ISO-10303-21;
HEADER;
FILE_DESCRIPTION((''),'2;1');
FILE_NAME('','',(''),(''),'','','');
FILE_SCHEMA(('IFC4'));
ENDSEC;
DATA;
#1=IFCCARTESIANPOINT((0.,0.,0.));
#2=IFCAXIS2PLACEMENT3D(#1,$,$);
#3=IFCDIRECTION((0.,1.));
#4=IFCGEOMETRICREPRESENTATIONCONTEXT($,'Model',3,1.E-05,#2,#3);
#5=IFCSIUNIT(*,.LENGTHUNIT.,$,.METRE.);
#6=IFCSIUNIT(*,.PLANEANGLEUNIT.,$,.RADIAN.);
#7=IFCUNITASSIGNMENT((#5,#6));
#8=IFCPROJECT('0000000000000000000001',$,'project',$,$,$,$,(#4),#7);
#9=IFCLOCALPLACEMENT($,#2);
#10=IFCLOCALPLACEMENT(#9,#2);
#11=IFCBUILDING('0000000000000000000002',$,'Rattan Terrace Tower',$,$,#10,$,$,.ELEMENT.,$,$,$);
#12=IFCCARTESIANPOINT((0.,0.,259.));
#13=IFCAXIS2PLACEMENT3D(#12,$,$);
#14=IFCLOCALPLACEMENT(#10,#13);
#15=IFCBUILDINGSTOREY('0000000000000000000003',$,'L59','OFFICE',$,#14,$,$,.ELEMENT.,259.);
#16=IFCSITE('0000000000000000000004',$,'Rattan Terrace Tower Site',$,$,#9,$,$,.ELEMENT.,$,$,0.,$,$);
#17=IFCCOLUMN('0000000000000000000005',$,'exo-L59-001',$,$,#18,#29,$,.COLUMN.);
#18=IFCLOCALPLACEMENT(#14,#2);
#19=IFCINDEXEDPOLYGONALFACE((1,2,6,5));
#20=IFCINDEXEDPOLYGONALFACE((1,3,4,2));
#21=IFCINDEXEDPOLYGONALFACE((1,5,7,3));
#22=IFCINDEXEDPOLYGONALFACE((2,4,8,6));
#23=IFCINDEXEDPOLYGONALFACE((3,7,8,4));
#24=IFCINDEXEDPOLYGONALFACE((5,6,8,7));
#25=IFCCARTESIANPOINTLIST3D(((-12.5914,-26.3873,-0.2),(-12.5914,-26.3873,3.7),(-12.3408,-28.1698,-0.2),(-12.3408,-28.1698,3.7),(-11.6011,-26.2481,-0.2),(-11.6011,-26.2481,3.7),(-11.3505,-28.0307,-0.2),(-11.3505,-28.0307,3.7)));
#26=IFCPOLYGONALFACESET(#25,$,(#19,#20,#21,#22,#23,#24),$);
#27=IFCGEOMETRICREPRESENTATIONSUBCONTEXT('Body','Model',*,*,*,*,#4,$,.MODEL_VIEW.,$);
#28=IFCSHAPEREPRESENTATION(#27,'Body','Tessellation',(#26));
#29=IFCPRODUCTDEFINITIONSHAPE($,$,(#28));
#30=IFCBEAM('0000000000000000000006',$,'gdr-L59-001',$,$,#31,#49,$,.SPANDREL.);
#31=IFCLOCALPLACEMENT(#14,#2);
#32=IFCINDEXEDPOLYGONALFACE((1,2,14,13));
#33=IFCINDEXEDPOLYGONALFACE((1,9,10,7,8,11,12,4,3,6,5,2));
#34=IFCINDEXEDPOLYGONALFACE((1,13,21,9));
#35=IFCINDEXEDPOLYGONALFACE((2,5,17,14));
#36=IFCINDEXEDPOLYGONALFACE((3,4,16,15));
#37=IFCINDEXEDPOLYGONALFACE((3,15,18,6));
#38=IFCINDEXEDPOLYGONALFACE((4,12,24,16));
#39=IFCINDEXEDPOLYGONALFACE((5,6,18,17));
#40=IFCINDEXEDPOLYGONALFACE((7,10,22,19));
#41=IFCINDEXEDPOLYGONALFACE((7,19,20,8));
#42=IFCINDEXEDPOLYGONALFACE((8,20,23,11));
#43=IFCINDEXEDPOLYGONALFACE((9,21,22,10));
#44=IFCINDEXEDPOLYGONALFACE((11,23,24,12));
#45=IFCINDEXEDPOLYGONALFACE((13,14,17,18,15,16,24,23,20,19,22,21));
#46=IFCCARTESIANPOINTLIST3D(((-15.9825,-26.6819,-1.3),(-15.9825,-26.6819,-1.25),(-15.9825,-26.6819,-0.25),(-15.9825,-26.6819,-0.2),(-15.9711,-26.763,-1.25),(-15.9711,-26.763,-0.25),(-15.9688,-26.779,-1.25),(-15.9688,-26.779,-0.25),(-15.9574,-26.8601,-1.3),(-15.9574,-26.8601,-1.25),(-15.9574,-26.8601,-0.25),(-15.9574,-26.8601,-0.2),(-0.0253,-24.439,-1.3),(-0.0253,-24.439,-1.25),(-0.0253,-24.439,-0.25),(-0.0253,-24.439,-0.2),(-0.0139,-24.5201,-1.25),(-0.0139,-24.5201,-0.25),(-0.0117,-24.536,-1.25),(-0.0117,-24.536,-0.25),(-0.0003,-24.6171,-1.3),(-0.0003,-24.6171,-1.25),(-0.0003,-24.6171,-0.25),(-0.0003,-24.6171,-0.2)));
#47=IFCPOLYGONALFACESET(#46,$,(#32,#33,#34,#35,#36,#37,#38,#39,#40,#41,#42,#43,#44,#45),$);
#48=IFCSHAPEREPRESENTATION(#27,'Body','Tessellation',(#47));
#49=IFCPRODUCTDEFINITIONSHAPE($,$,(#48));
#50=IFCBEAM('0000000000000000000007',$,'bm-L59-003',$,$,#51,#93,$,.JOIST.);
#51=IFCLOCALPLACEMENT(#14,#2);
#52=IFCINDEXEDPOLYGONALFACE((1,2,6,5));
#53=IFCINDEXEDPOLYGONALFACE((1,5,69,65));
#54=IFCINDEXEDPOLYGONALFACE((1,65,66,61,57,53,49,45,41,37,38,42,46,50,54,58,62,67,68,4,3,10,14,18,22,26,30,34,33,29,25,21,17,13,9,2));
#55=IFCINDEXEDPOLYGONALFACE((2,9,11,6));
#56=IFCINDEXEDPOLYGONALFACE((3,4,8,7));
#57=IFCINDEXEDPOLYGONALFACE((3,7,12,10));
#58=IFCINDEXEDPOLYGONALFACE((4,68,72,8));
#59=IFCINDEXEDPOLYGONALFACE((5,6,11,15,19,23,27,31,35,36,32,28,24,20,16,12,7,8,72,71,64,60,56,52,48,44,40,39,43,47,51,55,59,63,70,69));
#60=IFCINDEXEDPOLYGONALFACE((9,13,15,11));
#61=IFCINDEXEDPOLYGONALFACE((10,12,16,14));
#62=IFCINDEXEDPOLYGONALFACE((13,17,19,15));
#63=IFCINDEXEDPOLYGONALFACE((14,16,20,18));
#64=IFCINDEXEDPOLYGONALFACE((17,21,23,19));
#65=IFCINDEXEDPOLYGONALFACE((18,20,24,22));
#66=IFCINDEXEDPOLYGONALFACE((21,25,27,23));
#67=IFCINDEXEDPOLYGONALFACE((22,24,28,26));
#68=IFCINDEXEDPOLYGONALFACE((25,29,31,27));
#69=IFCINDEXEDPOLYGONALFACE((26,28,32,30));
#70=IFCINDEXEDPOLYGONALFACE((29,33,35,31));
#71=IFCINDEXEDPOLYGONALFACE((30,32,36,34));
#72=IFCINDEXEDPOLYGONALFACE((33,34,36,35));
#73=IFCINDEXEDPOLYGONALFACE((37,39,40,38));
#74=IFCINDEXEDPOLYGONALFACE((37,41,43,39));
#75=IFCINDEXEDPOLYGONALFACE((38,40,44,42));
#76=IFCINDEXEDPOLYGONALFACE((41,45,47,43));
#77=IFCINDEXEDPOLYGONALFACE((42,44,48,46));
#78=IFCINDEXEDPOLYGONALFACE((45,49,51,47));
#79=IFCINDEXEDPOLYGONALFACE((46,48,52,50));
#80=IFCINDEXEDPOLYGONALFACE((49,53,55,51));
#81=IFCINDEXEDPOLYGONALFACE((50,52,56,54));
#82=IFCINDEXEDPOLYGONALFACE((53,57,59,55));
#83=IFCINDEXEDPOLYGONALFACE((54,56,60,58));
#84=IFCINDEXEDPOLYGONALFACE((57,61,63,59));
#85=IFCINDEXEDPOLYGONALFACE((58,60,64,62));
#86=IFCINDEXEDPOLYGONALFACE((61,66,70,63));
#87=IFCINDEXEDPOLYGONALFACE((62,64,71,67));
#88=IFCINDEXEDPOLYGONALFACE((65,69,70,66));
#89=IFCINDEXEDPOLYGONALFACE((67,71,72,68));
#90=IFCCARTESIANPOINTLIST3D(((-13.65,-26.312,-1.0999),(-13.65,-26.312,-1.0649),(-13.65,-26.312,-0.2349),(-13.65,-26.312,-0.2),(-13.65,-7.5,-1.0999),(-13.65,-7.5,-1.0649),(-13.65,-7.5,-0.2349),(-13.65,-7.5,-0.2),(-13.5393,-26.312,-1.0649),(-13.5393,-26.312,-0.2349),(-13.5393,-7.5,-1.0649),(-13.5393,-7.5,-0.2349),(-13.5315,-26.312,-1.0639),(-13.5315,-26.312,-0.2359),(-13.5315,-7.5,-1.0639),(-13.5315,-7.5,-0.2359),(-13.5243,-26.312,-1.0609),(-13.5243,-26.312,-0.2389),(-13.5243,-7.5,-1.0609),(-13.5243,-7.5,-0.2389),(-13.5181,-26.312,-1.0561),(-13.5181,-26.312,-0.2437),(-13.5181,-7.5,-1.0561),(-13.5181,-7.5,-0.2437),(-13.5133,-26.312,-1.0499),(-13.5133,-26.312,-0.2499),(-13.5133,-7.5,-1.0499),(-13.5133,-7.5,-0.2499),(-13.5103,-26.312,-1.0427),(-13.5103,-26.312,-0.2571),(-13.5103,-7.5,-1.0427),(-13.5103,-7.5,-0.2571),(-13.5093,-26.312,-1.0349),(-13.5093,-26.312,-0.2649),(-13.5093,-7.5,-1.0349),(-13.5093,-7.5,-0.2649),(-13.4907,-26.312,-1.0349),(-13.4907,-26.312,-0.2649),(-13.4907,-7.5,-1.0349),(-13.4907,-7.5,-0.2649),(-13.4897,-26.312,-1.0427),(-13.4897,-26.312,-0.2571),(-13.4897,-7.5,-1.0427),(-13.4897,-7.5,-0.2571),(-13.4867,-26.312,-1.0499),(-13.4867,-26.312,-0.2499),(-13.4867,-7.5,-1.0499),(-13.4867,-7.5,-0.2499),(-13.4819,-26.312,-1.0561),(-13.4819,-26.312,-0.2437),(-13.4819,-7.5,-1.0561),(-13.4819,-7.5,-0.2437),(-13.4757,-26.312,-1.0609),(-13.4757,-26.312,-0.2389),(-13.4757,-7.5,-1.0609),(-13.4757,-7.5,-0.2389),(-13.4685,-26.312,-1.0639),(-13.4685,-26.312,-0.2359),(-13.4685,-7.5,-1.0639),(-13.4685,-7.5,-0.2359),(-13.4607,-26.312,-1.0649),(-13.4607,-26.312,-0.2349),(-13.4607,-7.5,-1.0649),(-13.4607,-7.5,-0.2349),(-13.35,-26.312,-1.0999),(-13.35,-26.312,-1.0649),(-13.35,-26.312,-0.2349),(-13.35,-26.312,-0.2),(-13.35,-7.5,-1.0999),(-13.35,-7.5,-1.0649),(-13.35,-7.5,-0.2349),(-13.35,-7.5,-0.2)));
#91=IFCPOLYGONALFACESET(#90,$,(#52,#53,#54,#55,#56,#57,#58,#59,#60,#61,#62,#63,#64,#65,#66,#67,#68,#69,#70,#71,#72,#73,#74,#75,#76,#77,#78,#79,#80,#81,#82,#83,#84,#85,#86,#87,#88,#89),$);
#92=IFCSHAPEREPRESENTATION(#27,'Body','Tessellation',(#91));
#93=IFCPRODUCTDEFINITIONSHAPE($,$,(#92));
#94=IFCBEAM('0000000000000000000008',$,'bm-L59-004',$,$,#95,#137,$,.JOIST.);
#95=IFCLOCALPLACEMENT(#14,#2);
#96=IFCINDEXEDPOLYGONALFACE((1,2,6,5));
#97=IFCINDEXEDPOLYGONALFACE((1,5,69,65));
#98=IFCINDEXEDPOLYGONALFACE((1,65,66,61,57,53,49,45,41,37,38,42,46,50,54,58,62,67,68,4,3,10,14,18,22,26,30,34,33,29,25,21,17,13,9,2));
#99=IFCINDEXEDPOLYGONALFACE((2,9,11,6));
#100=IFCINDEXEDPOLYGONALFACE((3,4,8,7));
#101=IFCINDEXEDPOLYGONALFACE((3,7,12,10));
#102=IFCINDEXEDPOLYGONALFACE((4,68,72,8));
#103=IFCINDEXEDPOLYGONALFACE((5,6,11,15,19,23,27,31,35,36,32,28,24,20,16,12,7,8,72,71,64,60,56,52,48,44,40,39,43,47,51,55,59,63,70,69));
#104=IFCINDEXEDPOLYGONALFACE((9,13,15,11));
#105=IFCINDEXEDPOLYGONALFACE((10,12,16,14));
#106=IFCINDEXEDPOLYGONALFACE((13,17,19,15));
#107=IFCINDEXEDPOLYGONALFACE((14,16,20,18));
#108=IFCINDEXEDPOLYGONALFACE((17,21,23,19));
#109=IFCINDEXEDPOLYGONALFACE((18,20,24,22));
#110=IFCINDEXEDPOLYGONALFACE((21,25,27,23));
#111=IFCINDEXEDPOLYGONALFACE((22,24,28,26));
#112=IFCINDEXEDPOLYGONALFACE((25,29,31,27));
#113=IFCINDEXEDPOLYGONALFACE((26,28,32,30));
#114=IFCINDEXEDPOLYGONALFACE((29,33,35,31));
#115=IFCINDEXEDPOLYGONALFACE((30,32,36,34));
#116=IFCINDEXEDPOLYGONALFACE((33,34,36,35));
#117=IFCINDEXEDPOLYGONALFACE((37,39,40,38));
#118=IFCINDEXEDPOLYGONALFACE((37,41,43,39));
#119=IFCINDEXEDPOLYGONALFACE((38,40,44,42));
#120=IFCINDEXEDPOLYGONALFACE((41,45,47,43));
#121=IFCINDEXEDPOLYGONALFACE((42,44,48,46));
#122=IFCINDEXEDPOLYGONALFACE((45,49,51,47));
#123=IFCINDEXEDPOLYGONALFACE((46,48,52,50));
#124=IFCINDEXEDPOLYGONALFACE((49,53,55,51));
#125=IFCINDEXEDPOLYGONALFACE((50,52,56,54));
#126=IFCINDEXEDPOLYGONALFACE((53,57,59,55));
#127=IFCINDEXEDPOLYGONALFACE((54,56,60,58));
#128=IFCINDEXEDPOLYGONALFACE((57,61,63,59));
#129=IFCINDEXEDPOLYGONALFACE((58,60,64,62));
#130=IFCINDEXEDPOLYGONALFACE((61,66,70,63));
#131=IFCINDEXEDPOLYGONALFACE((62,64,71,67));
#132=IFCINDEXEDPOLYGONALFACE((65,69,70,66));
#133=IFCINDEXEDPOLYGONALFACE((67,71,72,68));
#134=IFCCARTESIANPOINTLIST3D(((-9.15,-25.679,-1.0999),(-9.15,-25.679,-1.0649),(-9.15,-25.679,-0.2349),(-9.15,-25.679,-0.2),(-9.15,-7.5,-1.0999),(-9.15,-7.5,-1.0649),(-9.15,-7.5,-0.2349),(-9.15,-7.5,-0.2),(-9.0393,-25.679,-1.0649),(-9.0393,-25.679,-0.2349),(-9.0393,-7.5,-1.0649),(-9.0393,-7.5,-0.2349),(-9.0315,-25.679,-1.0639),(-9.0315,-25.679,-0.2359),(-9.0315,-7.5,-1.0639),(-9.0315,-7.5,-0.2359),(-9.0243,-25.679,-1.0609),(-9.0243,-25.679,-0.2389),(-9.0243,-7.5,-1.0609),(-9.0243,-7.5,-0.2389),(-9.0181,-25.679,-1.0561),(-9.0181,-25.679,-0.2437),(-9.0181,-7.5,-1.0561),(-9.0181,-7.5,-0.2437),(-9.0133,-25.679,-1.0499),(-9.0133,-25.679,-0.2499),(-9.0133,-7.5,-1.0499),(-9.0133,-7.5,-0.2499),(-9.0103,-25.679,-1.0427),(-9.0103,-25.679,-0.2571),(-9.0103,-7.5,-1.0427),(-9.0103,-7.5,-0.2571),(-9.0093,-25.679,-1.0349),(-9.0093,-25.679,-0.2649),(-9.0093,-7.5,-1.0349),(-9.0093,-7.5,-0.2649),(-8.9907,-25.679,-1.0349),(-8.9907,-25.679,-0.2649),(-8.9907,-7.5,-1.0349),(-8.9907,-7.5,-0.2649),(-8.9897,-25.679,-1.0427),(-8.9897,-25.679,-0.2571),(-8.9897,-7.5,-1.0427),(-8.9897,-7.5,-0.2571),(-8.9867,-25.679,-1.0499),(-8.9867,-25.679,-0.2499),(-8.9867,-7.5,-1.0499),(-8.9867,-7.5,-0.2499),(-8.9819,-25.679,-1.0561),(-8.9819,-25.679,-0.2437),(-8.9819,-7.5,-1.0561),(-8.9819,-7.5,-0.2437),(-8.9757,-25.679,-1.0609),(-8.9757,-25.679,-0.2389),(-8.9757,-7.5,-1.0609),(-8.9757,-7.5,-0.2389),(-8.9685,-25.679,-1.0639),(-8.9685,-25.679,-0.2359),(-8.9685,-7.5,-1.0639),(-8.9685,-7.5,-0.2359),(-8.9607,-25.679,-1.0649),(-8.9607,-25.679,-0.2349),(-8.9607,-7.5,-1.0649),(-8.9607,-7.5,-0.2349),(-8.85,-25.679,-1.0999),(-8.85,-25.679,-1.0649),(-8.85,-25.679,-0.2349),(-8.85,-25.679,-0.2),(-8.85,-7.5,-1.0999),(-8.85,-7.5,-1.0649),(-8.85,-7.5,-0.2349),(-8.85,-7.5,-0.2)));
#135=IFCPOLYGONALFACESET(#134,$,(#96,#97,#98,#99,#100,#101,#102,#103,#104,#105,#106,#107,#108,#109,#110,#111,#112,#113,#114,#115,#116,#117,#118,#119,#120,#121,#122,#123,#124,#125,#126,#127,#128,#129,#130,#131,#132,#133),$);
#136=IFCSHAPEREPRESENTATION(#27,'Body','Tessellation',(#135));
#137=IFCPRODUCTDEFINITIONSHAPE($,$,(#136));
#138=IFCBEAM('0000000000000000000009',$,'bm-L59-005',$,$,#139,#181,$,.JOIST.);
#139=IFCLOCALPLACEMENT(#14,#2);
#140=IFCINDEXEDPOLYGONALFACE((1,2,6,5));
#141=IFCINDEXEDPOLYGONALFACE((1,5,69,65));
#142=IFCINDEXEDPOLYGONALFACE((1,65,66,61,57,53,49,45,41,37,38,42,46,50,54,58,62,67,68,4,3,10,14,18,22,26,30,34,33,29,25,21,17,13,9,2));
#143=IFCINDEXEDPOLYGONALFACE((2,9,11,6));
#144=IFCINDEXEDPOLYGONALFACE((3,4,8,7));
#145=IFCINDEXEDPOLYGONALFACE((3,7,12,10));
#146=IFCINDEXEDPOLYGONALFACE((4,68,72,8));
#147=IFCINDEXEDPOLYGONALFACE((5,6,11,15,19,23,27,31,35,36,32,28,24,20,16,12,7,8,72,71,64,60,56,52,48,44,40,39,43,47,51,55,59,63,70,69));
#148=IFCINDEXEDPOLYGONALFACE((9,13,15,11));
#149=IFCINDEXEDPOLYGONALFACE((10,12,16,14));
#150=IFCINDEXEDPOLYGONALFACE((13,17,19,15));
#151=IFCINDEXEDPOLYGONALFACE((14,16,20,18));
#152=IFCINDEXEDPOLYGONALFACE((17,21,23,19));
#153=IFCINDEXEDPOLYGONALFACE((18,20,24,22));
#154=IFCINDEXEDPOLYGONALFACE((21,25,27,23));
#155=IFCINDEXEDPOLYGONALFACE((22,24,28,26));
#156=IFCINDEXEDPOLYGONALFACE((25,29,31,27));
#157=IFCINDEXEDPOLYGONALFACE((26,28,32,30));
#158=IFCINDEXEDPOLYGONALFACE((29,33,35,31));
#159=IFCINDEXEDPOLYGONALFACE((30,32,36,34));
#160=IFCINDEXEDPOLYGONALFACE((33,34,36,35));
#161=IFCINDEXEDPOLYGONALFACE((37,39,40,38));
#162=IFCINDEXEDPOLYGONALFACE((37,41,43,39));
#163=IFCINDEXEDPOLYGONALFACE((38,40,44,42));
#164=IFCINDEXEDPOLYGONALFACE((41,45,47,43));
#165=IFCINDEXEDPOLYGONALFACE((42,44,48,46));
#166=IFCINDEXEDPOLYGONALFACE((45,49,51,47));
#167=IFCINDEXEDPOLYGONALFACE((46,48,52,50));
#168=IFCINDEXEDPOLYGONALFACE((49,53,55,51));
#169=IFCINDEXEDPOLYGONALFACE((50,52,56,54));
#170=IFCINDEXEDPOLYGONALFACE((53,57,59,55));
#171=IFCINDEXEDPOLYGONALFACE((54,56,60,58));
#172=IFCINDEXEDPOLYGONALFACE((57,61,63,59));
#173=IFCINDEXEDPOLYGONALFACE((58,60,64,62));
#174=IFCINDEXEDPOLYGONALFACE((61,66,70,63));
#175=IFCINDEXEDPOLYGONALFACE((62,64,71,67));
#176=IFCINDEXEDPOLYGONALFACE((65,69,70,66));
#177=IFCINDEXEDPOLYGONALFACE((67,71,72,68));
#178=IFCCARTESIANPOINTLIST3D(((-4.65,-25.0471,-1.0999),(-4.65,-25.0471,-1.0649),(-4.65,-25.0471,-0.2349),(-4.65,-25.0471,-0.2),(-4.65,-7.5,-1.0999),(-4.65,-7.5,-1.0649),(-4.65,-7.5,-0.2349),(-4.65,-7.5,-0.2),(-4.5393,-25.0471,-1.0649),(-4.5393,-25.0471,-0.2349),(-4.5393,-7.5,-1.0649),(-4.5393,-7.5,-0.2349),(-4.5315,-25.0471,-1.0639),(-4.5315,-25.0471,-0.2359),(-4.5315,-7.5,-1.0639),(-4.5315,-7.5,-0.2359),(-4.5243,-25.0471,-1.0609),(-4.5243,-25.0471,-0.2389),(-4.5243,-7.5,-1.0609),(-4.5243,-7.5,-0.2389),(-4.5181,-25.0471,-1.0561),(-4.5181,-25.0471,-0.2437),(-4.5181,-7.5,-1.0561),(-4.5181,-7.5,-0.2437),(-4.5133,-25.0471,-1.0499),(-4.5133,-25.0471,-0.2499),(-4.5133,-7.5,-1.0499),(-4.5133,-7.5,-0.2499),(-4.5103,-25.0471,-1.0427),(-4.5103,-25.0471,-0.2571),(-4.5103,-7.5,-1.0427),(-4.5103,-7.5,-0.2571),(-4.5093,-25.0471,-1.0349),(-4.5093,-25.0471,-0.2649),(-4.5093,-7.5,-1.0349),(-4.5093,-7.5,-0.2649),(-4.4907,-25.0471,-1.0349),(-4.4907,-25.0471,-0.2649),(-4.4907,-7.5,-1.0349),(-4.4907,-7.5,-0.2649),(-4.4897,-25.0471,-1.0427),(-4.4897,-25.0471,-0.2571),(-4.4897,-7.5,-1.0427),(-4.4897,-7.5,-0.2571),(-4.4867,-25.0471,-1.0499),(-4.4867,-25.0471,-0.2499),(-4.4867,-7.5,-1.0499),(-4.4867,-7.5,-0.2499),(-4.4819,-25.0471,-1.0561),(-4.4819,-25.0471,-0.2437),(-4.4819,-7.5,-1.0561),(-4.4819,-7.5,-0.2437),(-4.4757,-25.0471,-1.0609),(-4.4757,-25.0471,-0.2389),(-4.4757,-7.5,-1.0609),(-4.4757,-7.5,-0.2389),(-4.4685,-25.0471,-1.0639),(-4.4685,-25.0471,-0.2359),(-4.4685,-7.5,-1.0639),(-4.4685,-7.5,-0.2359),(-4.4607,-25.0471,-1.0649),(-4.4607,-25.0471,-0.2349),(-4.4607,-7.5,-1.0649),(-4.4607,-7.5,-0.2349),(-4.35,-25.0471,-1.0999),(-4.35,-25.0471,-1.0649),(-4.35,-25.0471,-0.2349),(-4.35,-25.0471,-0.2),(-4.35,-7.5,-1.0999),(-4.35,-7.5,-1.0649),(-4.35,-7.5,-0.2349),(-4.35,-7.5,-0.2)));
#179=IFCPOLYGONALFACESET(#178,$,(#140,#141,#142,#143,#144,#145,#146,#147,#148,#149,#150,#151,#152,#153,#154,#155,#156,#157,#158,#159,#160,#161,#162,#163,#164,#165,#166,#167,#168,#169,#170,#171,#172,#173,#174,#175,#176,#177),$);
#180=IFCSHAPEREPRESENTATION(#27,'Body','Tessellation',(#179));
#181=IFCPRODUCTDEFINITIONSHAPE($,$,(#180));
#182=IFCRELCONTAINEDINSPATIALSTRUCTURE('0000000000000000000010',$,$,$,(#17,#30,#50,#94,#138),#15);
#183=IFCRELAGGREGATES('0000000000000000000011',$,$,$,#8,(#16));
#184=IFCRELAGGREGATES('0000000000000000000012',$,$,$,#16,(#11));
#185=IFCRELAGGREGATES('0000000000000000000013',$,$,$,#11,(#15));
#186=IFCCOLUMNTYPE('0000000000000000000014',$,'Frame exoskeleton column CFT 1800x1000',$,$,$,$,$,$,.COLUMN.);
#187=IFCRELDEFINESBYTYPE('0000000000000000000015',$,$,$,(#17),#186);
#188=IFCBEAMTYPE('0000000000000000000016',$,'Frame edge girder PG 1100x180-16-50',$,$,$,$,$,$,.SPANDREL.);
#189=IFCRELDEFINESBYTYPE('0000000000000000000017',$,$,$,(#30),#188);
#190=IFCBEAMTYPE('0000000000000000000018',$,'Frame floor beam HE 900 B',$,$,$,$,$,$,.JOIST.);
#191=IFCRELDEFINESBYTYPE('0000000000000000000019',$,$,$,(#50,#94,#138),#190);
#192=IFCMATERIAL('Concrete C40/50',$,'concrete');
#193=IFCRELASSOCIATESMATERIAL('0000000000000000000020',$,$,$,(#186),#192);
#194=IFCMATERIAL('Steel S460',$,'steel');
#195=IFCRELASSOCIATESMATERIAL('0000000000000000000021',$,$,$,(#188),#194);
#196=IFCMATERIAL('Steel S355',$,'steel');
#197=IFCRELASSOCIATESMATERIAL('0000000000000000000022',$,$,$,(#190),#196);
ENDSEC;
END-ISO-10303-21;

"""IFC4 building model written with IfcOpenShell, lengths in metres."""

from ifc_helpers import new_model, si_unit, direction, frame, origin, origin_2d, place, context, subcontext, project, spatial, rectangle, i_section, extrude, material, material_profile, profile_set, type_object, element, save


model = new_model("IFC4")

# Units and contexts
model_context = context("Model", 3, precision=1e-05, world=origin(), true_north=direction((0.0, 1.0)))
body_context = subcontext(model_context, "Body", "Model", "MODEL_VIEW")
ifc_project = project(units=[si_unit("LENGTHUNIT", "METRE"), si_unit("PLANEANGLEUNIT", "RADIAN")], contexts=[model_context])

# Site, building, storey
site_placement = place(None, origin())
site = spatial("IfcSite", under=ifc_project, at=site_placement, Name="Rattan Terrace Tower Site", CompositionType="ELEMENT", RefElevation=0.0)
building_placement = place(site_placement, origin())
building = spatial("IfcBuilding", under=site, at=building_placement, Name="Rattan Terrace Tower", CompositionType="ELEMENT")
storey_placement = place(building_placement, frame((0.0, 0.0, 259.0)))
storey = spatial("IfcBuildingStorey", under=building, at=storey_placement, Name="L59", Description="OFFICE", CompositionType="ELEMENT", Elevation=259.0)

# Column
ifc_material_1 = material(Name="Concrete C40/50", Category="concrete")
ifc_material_profile_1 = material_profile(ifc_material_1, rectangle(XDim=1.0, YDim=1.8, at=origin_2d()), Name="CFT 1800x1000")
ifc_profile_set_1 = profile_set([ifc_material_profile_1], Name="Concrete C40/50")
column_type = type_object("IfcColumnType", Name="Frame exoskeleton column CFT 1800x1000", PredefinedType="COLUMN", material=ifc_profile_set_1)
column_placement = place(storey_placement, frame((-11.9709, -27.209, -0.2), z_axis=(0.0, 0.0, 1.0), x_axis=(0.990266, 0.13919, 0.0)))
element("IfcColumn", 1, at=column_placement, inside=storey, type_object=column_type, Name="exo-L59-001", PredefinedType="COLUMN", context=body_context, shape_type="SweptSolid", body=[
    extrude(rectangle(XDim=1.0, YDim=1.8, at=origin_2d()), origin(), (0.0, 0.0, 1.0), 3.8999),
])

# Beams
ifc_material_2 = material(Name="Steel S460", Category="steel")
ifc_material_profile_2 = material_profile(ifc_material_2, i_section(OverallWidth=0.1799, OverallDepth=1.1001, WebThickness=0.0161, FlangeThickness=0.05, at=origin_2d()), Name="PG 1100x180-16-50")
ifc_profile_set_2 = profile_set([ifc_material_profile_2], Name="Steel S460")
beam_type_1 = type_object("IfcBeamType", Name="Frame edge girder PG 1100x180-16-50", PredefinedType="SPANDREL", material=ifc_profile_set_2)
beam_1_placement = place(storey_placement, frame((-15.97, -26.771, -0.75), z_axis=(0.990265, 0.139192, 0.0), x_axis=(-0.139192, 0.990265, 0.0)))
element("IfcBeam", 2, at=beam_1_placement, inside=storey, type_object=beam_type_1, Name="gdr-L59-001", PredefinedType="SPANDREL", context=body_context, shape_type="SweptSolid", body=[
    extrude(i_section(OverallWidth=0.1799, OverallDepth=1.1001, WebThickness=0.0161, FlangeThickness=0.05, at=origin_2d()), origin(), (0.0, 0.0, 1.0), 16.114),
])
ifc_material_3 = material(Name="Steel S355", Category="steel")
ifc_material_profile_3 = material_profile(ifc_material_3, i_section(OverallWidth=0.3, OverallDepth=0.8999, WebThickness=0.0186, FlangeThickness=0.0349, FilletRadius=0.03, at=origin_2d()), Name="HE 900 B")
ifc_profile_set_3 = profile_set([ifc_material_profile_3], Name="Steel S355")
beam_type_2 = type_object("IfcBeamType", Name="Frame floor beam HE 900 B", PredefinedType="JOIST", material=ifc_profile_set_3)
beam_2_placement = place(storey_placement, frame((-13.5, -26.312, -0.6499), z_axis=(0.0, 1.0, 0.0), x_axis=(-1.0, 0.0, 0.0)))
element("IfcBeam", 3, at=beam_2_placement, inside=storey, type_object=beam_type_2, Name="bm-L59-003", PredefinedType="JOIST", context=body_context, shape_type="SweptSolid", body=[
    extrude(i_section(OverallWidth=0.3, OverallDepth=0.8999, WebThickness=0.0186, FlangeThickness=0.0349, FilletRadius=0.03, at=origin_2d()), origin(), (0.0, 0.0, 1.0), 18.812),
])
beam_3_placement = place(storey_placement, frame((-9.0, -25.679, -0.6499), z_axis=(0.0, 1.0, 0.0), x_axis=(-1.0, 0.0, 0.0)))
element("IfcBeam", 4, at=beam_3_placement, inside=storey, type_object=beam_type_2, Name="bm-L59-004", PredefinedType="JOIST", context=body_context, shape_type="SweptSolid", body=[
    extrude(i_section(OverallWidth=0.3, OverallDepth=0.8999, WebThickness=0.0186, FlangeThickness=0.0349, FilletRadius=0.03, at=origin_2d()), origin(), (0.0, 0.0, 1.0), 18.179),
])
beam_4_placement = place(storey_placement, frame((-4.5, -25.0471, -0.6499), z_axis=(0.0, 1.0, 0.0), x_axis=(-1.0, 0.0, 0.0)))
element("IfcBeam", 5, at=beam_4_placement, inside=storey, type_object=beam_type_2, Name="bm-L59-005", PredefinedType="JOIST", context=body_context, shape_type="SweptSolid", body=[
    extrude(i_section(OverallWidth=0.3, OverallDepth=0.8999, WebThickness=0.0186, FlangeThickness=0.0349, FilletRadius=0.03, at=origin_2d()), origin(), (0.0, 0.0, 1.0), 17.5471),
])

save(model, "model.ifc")
